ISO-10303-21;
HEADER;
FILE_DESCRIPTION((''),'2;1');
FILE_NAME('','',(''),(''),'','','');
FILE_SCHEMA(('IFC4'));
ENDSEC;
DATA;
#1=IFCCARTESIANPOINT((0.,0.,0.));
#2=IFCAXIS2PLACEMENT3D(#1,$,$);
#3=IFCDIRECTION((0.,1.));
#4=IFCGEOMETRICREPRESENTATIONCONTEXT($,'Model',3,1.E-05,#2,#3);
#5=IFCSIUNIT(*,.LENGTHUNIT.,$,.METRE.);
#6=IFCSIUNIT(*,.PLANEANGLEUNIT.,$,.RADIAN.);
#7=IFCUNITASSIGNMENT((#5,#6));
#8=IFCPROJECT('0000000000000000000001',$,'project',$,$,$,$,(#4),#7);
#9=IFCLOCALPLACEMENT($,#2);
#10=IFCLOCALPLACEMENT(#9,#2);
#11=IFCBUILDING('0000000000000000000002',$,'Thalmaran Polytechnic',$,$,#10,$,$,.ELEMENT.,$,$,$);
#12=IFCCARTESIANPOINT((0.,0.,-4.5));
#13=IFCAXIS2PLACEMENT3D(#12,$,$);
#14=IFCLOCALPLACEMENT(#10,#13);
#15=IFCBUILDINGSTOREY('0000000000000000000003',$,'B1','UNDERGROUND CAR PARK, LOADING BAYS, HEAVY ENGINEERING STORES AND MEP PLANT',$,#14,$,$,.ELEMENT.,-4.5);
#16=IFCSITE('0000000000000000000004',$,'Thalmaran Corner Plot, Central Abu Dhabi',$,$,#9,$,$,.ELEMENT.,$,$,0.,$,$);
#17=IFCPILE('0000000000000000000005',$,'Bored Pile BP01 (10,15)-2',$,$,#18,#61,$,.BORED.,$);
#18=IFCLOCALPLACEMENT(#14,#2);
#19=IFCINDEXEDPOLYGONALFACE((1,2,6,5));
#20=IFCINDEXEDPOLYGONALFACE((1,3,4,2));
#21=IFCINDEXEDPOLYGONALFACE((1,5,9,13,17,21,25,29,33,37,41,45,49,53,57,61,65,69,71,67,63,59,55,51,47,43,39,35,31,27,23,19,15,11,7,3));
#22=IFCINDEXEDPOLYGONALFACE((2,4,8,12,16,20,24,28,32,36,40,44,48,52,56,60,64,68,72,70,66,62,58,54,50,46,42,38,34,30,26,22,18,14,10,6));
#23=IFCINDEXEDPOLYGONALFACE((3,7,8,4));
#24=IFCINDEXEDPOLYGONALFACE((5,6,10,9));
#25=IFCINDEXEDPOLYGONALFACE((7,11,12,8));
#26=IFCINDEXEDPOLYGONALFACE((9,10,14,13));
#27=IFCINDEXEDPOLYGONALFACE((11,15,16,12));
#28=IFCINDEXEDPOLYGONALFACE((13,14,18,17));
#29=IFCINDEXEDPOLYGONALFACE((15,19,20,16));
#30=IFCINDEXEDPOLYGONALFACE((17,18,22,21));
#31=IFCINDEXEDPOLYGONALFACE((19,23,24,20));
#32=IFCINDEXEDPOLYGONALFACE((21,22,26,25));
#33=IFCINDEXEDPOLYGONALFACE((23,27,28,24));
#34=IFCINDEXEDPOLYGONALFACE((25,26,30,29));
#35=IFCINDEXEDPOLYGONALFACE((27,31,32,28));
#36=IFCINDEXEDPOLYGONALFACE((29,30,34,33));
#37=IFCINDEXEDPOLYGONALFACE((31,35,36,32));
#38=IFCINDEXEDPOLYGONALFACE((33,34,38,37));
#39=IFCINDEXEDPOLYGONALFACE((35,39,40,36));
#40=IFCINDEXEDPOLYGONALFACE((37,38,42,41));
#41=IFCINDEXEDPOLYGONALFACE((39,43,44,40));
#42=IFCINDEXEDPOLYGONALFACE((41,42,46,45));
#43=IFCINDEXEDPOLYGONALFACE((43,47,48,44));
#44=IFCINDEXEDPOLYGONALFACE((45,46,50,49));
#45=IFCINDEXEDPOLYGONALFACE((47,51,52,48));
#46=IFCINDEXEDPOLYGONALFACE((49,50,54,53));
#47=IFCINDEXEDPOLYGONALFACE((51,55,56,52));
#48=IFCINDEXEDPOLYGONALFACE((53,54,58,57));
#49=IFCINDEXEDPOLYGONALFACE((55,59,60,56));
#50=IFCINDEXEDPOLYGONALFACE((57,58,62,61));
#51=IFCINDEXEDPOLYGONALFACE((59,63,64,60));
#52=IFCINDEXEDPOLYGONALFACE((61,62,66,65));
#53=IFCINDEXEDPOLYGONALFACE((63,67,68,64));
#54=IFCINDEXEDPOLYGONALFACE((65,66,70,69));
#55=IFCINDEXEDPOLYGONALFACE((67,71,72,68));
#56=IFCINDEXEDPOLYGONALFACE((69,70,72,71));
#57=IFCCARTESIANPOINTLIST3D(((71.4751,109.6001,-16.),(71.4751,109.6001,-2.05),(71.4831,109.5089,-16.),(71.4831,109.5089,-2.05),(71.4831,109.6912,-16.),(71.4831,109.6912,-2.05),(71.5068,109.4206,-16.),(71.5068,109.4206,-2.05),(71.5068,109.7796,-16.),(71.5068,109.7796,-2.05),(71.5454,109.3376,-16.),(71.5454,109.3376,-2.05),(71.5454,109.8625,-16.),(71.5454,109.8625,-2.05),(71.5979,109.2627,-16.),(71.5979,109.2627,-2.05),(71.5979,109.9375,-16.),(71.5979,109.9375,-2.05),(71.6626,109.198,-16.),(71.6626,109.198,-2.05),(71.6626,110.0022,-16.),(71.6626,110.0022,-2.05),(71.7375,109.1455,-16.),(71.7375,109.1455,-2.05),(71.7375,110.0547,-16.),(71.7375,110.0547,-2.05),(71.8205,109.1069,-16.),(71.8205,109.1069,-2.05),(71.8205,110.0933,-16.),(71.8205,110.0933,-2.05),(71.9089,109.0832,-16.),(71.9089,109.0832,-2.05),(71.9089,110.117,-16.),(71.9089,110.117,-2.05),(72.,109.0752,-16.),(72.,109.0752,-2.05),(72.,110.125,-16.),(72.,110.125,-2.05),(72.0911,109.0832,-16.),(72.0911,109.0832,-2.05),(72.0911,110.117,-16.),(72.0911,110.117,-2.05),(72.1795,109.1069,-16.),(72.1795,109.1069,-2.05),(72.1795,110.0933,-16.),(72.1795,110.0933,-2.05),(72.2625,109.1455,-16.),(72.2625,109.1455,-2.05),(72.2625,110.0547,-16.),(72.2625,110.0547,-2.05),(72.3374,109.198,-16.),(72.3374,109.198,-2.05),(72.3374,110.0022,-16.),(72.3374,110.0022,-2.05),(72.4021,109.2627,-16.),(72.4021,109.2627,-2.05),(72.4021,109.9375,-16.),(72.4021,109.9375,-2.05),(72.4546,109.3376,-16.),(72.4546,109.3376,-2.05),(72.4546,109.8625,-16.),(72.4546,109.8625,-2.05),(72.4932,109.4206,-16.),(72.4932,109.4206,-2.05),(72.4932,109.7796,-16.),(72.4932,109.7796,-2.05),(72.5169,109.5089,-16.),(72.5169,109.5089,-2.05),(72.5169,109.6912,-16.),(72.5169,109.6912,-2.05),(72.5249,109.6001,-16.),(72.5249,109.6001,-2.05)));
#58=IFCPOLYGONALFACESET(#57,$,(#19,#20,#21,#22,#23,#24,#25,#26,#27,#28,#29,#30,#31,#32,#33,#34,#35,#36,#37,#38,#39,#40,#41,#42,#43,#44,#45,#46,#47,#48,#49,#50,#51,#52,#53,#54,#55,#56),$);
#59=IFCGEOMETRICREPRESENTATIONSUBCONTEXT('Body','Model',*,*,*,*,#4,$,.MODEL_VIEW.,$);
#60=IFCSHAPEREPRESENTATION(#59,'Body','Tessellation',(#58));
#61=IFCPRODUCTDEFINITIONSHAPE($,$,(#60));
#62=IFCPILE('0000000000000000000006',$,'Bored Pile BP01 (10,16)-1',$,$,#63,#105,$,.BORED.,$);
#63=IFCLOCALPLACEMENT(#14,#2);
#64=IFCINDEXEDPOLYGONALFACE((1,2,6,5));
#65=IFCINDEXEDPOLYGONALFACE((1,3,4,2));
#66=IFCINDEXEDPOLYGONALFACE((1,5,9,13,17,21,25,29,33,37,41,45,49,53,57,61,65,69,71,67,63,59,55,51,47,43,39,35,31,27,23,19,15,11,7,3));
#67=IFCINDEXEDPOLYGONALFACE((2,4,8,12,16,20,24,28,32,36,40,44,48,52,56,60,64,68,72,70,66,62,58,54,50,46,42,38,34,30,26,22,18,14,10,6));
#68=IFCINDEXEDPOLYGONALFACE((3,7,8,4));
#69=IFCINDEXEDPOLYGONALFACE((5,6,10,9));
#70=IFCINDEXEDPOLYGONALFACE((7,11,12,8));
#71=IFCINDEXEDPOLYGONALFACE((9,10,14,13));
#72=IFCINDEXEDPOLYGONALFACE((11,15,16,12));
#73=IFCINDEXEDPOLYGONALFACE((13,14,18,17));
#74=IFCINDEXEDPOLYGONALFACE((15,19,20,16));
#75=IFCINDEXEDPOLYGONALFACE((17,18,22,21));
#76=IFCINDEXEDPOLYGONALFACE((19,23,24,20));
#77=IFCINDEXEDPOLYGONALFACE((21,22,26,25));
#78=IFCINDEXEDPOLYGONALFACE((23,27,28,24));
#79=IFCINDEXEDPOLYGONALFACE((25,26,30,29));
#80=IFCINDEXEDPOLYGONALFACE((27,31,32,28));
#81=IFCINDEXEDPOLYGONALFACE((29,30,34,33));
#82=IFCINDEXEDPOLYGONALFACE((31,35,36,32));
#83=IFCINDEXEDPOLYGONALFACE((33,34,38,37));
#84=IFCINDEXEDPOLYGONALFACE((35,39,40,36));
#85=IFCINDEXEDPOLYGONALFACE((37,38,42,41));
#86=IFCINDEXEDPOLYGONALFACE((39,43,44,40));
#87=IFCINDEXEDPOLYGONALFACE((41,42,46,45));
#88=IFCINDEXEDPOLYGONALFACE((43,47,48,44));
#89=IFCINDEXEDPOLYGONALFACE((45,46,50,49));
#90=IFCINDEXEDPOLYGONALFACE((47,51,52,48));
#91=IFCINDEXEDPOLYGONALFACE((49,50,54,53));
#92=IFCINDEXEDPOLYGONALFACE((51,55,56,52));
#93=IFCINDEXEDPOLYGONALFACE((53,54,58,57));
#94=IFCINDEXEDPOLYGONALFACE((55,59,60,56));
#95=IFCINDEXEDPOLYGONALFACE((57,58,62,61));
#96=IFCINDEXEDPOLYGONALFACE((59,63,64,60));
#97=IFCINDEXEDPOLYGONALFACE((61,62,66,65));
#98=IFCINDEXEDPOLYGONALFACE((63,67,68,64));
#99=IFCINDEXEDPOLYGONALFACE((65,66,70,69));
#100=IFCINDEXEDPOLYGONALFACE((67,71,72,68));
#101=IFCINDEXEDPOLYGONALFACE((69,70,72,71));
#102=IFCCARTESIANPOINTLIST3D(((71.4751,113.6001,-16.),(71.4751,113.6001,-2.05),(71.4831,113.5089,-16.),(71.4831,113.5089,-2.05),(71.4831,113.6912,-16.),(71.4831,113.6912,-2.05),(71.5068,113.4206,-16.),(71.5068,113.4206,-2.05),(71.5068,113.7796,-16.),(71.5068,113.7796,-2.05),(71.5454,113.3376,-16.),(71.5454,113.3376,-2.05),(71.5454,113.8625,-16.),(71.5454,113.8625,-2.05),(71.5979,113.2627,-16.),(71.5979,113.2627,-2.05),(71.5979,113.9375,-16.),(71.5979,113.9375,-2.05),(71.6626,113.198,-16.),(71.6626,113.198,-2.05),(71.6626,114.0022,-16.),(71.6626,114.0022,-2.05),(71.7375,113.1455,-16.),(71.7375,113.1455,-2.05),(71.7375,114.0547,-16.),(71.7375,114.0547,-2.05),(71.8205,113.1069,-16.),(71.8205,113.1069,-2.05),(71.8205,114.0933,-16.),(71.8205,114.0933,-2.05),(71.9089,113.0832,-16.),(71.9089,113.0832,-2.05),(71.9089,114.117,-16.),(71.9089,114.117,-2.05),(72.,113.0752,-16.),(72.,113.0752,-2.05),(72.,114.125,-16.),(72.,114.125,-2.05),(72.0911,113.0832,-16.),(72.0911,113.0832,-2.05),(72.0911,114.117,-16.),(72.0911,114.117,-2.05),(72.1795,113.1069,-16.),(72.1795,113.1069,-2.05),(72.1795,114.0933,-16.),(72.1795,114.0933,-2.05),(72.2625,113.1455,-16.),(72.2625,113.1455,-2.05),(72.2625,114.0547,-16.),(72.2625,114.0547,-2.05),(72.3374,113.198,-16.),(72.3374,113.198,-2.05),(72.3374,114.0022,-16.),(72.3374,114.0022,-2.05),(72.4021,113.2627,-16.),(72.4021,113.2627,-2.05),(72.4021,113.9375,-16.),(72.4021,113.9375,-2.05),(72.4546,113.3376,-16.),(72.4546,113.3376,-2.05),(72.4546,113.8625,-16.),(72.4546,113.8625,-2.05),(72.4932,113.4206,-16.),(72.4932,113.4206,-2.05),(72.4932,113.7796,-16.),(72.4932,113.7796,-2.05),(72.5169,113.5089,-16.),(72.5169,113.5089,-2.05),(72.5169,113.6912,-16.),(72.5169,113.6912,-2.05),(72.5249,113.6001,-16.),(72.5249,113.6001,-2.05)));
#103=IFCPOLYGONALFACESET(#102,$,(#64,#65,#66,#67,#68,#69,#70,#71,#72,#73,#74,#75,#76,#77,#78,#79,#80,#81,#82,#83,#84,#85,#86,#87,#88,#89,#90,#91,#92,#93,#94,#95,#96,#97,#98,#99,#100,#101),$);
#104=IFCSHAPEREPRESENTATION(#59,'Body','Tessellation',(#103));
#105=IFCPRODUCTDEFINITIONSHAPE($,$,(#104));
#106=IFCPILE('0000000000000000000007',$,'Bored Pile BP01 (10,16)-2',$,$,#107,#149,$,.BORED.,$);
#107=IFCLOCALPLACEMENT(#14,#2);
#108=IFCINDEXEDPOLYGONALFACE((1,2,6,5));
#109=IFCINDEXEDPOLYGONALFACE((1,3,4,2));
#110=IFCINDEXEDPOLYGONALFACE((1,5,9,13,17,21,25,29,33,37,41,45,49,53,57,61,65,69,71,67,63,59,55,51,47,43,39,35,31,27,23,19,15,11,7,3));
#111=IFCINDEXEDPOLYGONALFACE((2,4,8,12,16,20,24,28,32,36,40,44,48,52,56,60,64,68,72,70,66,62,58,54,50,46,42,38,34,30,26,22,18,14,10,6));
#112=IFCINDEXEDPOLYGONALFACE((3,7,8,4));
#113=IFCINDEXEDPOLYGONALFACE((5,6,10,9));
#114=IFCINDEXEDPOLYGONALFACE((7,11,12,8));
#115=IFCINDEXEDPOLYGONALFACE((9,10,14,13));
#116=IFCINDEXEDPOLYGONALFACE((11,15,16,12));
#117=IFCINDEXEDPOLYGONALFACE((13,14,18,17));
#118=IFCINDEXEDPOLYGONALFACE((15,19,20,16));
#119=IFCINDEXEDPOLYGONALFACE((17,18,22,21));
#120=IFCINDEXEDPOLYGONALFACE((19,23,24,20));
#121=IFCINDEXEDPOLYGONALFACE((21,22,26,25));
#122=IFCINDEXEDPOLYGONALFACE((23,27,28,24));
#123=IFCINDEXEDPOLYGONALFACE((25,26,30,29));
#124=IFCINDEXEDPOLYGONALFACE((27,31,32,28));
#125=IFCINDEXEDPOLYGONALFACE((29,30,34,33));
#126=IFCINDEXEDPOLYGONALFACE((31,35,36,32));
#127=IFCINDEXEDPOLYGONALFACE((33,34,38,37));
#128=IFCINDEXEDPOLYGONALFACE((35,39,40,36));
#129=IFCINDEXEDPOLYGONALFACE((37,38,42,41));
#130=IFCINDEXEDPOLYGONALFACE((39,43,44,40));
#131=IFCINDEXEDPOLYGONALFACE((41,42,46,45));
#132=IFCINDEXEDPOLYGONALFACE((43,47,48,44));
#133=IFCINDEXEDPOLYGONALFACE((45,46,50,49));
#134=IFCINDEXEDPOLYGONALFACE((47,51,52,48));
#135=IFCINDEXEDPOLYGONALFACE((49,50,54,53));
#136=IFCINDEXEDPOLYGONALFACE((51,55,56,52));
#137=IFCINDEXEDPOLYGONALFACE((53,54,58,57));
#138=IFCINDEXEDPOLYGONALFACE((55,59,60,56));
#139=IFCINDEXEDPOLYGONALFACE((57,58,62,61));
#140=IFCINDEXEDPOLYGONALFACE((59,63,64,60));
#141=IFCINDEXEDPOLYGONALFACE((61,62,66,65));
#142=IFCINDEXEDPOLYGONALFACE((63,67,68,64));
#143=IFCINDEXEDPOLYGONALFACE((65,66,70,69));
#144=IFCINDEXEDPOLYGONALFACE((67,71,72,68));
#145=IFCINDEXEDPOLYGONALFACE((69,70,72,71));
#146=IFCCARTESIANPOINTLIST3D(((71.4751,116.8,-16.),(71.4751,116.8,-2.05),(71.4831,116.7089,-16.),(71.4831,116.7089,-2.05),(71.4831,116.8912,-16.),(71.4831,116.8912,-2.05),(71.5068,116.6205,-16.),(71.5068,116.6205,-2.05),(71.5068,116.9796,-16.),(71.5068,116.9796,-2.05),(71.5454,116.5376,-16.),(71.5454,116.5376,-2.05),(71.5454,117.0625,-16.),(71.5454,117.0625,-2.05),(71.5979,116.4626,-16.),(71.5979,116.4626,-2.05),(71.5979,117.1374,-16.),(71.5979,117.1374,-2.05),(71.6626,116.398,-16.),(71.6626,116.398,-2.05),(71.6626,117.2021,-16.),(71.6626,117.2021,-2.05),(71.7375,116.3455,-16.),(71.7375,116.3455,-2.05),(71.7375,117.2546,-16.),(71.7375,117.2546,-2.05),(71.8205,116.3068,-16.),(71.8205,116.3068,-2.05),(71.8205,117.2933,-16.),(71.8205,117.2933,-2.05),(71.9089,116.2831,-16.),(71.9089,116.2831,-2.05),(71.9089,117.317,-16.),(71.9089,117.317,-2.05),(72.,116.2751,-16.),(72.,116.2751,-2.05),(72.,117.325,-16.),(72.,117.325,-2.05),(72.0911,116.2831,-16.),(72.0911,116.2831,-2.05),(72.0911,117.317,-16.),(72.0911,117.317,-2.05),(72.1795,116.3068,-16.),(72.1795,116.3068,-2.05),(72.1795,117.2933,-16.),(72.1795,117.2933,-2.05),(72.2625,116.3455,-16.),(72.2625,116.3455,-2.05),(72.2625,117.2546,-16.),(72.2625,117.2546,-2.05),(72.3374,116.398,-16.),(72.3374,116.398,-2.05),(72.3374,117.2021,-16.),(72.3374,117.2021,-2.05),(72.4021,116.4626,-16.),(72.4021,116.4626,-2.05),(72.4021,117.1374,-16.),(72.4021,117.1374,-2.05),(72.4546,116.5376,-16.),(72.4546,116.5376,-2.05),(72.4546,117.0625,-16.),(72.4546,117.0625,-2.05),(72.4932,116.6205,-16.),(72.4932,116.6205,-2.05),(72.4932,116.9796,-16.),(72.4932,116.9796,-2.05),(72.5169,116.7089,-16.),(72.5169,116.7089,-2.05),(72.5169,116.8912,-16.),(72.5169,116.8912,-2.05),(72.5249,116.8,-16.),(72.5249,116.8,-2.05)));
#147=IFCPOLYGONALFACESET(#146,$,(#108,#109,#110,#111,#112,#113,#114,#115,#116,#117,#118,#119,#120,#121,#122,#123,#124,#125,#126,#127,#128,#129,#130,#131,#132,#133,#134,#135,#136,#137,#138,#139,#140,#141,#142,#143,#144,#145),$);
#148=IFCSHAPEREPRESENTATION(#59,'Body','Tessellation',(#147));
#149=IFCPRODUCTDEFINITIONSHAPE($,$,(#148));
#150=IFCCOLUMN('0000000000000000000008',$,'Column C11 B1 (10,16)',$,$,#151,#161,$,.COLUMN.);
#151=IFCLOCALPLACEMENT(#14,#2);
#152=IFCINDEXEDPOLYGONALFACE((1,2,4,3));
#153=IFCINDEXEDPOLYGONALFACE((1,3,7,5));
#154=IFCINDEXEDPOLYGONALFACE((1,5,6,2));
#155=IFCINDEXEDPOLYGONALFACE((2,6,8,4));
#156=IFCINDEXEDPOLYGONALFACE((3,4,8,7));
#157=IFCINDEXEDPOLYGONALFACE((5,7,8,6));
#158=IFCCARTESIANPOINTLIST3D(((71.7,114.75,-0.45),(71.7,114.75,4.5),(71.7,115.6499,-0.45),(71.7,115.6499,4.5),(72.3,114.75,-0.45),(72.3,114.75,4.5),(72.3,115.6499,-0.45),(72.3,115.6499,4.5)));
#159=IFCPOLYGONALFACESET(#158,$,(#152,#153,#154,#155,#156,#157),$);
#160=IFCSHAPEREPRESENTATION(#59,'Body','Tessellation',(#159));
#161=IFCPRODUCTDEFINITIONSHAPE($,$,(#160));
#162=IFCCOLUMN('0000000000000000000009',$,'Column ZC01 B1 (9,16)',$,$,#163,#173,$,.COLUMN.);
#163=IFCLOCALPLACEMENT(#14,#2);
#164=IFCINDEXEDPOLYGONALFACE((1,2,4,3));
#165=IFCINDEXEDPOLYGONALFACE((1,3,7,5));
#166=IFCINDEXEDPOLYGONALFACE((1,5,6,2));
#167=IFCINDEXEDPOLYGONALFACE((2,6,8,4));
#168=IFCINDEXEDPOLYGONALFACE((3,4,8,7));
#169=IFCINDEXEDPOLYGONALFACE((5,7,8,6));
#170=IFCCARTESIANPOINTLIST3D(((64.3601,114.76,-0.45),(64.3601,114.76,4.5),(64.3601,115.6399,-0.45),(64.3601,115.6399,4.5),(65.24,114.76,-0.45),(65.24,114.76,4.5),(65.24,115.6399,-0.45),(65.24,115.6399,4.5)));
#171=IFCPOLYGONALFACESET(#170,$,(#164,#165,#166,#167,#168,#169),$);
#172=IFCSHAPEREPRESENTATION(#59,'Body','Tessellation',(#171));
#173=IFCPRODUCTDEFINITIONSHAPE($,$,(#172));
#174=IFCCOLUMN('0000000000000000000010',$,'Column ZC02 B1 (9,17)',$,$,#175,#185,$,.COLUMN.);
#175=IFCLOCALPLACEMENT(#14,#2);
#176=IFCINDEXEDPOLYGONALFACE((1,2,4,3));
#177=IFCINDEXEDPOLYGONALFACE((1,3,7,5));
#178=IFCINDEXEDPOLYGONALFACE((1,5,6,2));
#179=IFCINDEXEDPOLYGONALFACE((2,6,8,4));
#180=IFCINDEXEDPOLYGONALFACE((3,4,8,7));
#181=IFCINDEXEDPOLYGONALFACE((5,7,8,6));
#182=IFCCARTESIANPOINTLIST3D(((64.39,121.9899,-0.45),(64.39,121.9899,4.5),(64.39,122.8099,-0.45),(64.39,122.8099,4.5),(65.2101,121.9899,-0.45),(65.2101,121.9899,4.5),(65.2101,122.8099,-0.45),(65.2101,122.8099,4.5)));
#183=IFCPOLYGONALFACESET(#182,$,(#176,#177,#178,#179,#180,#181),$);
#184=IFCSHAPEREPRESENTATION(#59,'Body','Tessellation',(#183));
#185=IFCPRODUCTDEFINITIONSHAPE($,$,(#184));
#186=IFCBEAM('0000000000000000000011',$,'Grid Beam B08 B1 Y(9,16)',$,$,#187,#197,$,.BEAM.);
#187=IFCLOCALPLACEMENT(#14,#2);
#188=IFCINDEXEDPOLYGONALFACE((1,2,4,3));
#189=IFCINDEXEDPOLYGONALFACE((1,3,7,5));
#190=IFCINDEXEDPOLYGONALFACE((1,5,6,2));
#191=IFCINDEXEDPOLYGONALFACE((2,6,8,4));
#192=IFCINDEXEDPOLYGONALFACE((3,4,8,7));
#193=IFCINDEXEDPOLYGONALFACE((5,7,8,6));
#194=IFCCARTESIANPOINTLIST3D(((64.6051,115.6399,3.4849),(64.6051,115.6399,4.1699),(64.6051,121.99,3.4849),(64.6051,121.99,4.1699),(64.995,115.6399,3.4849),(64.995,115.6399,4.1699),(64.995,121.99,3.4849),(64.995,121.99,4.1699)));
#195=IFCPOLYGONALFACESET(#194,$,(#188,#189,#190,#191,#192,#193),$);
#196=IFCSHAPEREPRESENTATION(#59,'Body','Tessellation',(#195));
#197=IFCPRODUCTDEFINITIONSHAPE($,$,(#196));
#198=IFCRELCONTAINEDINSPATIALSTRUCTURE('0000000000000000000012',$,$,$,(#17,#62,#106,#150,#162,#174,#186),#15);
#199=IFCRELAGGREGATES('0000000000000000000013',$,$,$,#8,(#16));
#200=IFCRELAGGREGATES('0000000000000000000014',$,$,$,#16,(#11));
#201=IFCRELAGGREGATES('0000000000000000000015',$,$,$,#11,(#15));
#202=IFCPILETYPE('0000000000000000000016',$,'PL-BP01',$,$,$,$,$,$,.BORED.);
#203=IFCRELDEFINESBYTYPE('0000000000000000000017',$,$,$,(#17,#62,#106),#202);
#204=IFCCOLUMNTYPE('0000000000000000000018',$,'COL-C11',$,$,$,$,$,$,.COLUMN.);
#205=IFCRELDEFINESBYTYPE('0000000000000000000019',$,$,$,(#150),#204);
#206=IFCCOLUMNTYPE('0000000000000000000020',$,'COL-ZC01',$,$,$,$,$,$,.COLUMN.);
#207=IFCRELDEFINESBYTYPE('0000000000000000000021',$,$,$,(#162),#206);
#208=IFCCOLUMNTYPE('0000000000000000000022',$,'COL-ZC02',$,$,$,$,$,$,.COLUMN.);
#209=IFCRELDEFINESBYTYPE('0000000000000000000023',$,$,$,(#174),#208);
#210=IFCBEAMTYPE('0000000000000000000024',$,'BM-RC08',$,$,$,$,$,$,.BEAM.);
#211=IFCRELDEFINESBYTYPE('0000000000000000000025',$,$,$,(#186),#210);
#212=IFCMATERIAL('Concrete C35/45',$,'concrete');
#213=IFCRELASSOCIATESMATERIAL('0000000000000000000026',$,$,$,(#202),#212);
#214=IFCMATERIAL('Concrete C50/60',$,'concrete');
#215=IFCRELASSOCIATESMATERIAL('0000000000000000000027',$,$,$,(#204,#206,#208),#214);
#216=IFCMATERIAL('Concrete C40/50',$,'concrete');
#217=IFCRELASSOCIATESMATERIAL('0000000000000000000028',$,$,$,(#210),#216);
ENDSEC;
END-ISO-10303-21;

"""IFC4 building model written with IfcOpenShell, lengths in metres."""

from ifc_helpers import new_model, si_unit, direction, frame, origin, origin_2d, place, context, subcontext, project, spatial, rectangle, circle, extrude, material, material_profile, profile_set, type_object, element, save


model = new_model("IFC4")

# Units and contexts
model_context = context("Model", 3, precision=1e-05, world=origin(), true_north=direction((0.0, 1.0)))
body_context = subcontext(model_context, "Body", "Model", "MODEL_VIEW")
ifc_project = project(units=[si_unit("LENGTHUNIT", "METRE"), si_unit("PLANEANGLEUNIT", "RADIAN")], contexts=[model_context])

# Site, building, storey
site_placement = place(None, origin())
site = spatial("IfcSite", under=ifc_project, at=site_placement, Name="Thalmaran Corner Plot, Central Abu Dhabi", CompositionType="ELEMENT", RefElevation=0.0)
building_placement = place(site_placement, origin())
building = spatial("IfcBuilding", under=site, at=building_placement, Name="Thalmaran Polytechnic", CompositionType="ELEMENT")
storey_placement = place(building_placement, frame((0.0, 0.0, -4.5)))
storey = spatial("IfcBuildingStorey", under=building, at=storey_placement, Name="B1", Description="UNDERGROUND CAR PARK, LOADING BAYS, HEAVY ENGINEERING STORES AND MEP PLANT", CompositionType="ELEMENT", Elevation=-4.5)

# Shared definitions
ifc_material_1 = material(Name="Concrete C40/50", Category="concrete")

# Piles
ifc_material_2 = material(Name="Concrete C35/45", Category="concrete")
ifc_material_profile_1 = material_profile(ifc_material_2, circle(Radius=0.5249, at=origin_2d()), Name="RC 1050 DIA")
ifc_profile_set_1 = profile_set([ifc_material_profile_1], Name="Concrete C35/45")
pile_type = type_object("IfcPileType", Name="PL-BP01", PredefinedType="BORED", material=ifc_profile_set_1)
for number, where, z_axis, x_axis, name in (
    (1, (72.0, 109.6001, -2.05), (0.0, 0.0, -1.0), (1.0, 0.0, 0.0), "Bored Pile BP01 (10,15)-2"),
    (2, (72.0, 113.6001, -2.05), (0.0, 0.0, -1.0), (1.0, 0.0, 0.0), "Bored Pile BP01 (10,16)-1"),
    (3, (72.0, 116.8, -2.05), (0.0, 0.0, -1.0), (1.0, 0.0, 0.0), "Bored Pile BP01 (10,16)-2"),
):
    element("IfcPile", number, at=place(storey_placement, frame(where, z_axis=z_axis, x_axis=x_axis)), inside=storey, type_object=pile_type, Name=name, PredefinedType="BORED", context=body_context, shape_type="SweptSolid", body=[
        extrude(circle(Radius=0.5249, at=origin_2d()), origin(), (0.0, 0.0, 1.0), 13.95),
    ])

# Columns
ifc_material_3 = material(Name="Concrete C50/60", Category="concrete")
ifc_material_profile_2 = material_profile(ifc_material_3, rectangle(XDim=0.6001, YDim=0.8999, at=origin_2d()), Name="RC 600x900")
ifc_profile_set_2 = profile_set([ifc_material_profile_2], Name="Concrete C50/60")
column_type_1 = type_object("IfcColumnType", Name="COL-C11", PredefinedType="COLUMN", material=ifc_profile_set_2)
column_1_placement = place(storey_placement, frame((72.0, 115.2, -0.45), z_axis=(0.0, 0.0, 1.0), x_axis=(1.0, 0.0, 0.0)))
element("IfcColumn", 4, at=column_1_placement, inside=storey, type_object=column_type_1, Name="Column C11 B1 (10,16)", PredefinedType="COLUMN", context=body_context, shape_type="SweptSolid", body=[
    extrude(rectangle(XDim=0.6001, YDim=0.8999, at=origin_2d()), origin(), (0.0, 0.0, 1.0), 4.95),
])
ifc_material_profile_3 = material_profile(ifc_material_3, rectangle(XDim=0.8799, YDim=0.8799, at=origin_2d()), Name="RC 880x880")
ifc_profile_set_3 = profile_set([ifc_material_profile_3], Name="Concrete C50/60")
column_type_2 = type_object("IfcColumnType", Name="COL-ZC01", PredefinedType="COLUMN", material=ifc_profile_set_3)
column_2_placement = place(storey_placement, frame((64.8, 115.2, -0.45), z_axis=(0.0, 0.0, 1.0), x_axis=(1.0, 0.0, 0.0)))
element("IfcColumn", 5, at=column_2_placement, inside=storey, type_object=column_type_2, Name="Column ZC01 B1 (9,16)", PredefinedType="COLUMN", context=body_context, shape_type="SweptSolid", body=[
    extrude(rectangle(XDim=0.8799, YDim=0.8799, at=origin_2d()), origin(), (0.0, 0.0, 1.0), 4.95),
])
ifc_material_profile_4 = material_profile(ifc_material_3, rectangle(XDim=0.8201, YDim=0.8201, at=origin_2d()), Name="RC 820x820")
ifc_profile_set_4 = profile_set([ifc_material_profile_4], Name="Concrete C50/60")
column_type_3 = type_object("IfcColumnType", Name="COL-ZC02", PredefinedType="COLUMN", material=ifc_profile_set_4)
column_3_placement = place(storey_placement, frame((64.8, 122.3999, -0.45), z_axis=(0.0, 0.0, 1.0), x_axis=(1.0, 0.0, 0.0)))
element("IfcColumn", 6, at=column_3_placement, inside=storey, type_object=column_type_3, Name="Column ZC02 B1 (9,17)", PredefinedType="COLUMN", context=body_context, shape_type="SweptSolid", body=[
    extrude(rectangle(XDim=0.8201, YDim=0.8201, at=origin_2d()), origin(), (0.0, 0.0, 1.0), 4.95),
])

# Beam
ifc_material_profile_5 = material_profile(ifc_material_1, rectangle(XDim=0.3899, YDim=0.6851, at=origin_2d()), Name="RC 390x685")
ifc_profile_set_5 = profile_set([ifc_material_profile_5], Name="Concrete C40/50")
beam_type_1 = type_object("IfcBeamType", Name="BM-RC08", PredefinedType="BEAM", material=ifc_profile_set_5)
beam_1_placement = place(storey_placement, frame((64.8, 115.6399, 3.8274), z_axis=(0.0, 1.0, 0.0), x_axis=(-1.0, 0.0, 0.0)))
element("IfcBeam", 7, at=beam_1_placement, inside=storey, type_object=beam_type_1, Name="Grid Beam B08 B1 Y(9,16)", PredefinedType="BEAM", context=body_context, shape_type="SweptSolid", body=[
    extrude(rectangle(XDim=0.3899, YDim=0.6851, at=origin_2d()), origin(), (0.0, 0.0, 1.0), 6.3501),
])

save(model, "model.ifc")
